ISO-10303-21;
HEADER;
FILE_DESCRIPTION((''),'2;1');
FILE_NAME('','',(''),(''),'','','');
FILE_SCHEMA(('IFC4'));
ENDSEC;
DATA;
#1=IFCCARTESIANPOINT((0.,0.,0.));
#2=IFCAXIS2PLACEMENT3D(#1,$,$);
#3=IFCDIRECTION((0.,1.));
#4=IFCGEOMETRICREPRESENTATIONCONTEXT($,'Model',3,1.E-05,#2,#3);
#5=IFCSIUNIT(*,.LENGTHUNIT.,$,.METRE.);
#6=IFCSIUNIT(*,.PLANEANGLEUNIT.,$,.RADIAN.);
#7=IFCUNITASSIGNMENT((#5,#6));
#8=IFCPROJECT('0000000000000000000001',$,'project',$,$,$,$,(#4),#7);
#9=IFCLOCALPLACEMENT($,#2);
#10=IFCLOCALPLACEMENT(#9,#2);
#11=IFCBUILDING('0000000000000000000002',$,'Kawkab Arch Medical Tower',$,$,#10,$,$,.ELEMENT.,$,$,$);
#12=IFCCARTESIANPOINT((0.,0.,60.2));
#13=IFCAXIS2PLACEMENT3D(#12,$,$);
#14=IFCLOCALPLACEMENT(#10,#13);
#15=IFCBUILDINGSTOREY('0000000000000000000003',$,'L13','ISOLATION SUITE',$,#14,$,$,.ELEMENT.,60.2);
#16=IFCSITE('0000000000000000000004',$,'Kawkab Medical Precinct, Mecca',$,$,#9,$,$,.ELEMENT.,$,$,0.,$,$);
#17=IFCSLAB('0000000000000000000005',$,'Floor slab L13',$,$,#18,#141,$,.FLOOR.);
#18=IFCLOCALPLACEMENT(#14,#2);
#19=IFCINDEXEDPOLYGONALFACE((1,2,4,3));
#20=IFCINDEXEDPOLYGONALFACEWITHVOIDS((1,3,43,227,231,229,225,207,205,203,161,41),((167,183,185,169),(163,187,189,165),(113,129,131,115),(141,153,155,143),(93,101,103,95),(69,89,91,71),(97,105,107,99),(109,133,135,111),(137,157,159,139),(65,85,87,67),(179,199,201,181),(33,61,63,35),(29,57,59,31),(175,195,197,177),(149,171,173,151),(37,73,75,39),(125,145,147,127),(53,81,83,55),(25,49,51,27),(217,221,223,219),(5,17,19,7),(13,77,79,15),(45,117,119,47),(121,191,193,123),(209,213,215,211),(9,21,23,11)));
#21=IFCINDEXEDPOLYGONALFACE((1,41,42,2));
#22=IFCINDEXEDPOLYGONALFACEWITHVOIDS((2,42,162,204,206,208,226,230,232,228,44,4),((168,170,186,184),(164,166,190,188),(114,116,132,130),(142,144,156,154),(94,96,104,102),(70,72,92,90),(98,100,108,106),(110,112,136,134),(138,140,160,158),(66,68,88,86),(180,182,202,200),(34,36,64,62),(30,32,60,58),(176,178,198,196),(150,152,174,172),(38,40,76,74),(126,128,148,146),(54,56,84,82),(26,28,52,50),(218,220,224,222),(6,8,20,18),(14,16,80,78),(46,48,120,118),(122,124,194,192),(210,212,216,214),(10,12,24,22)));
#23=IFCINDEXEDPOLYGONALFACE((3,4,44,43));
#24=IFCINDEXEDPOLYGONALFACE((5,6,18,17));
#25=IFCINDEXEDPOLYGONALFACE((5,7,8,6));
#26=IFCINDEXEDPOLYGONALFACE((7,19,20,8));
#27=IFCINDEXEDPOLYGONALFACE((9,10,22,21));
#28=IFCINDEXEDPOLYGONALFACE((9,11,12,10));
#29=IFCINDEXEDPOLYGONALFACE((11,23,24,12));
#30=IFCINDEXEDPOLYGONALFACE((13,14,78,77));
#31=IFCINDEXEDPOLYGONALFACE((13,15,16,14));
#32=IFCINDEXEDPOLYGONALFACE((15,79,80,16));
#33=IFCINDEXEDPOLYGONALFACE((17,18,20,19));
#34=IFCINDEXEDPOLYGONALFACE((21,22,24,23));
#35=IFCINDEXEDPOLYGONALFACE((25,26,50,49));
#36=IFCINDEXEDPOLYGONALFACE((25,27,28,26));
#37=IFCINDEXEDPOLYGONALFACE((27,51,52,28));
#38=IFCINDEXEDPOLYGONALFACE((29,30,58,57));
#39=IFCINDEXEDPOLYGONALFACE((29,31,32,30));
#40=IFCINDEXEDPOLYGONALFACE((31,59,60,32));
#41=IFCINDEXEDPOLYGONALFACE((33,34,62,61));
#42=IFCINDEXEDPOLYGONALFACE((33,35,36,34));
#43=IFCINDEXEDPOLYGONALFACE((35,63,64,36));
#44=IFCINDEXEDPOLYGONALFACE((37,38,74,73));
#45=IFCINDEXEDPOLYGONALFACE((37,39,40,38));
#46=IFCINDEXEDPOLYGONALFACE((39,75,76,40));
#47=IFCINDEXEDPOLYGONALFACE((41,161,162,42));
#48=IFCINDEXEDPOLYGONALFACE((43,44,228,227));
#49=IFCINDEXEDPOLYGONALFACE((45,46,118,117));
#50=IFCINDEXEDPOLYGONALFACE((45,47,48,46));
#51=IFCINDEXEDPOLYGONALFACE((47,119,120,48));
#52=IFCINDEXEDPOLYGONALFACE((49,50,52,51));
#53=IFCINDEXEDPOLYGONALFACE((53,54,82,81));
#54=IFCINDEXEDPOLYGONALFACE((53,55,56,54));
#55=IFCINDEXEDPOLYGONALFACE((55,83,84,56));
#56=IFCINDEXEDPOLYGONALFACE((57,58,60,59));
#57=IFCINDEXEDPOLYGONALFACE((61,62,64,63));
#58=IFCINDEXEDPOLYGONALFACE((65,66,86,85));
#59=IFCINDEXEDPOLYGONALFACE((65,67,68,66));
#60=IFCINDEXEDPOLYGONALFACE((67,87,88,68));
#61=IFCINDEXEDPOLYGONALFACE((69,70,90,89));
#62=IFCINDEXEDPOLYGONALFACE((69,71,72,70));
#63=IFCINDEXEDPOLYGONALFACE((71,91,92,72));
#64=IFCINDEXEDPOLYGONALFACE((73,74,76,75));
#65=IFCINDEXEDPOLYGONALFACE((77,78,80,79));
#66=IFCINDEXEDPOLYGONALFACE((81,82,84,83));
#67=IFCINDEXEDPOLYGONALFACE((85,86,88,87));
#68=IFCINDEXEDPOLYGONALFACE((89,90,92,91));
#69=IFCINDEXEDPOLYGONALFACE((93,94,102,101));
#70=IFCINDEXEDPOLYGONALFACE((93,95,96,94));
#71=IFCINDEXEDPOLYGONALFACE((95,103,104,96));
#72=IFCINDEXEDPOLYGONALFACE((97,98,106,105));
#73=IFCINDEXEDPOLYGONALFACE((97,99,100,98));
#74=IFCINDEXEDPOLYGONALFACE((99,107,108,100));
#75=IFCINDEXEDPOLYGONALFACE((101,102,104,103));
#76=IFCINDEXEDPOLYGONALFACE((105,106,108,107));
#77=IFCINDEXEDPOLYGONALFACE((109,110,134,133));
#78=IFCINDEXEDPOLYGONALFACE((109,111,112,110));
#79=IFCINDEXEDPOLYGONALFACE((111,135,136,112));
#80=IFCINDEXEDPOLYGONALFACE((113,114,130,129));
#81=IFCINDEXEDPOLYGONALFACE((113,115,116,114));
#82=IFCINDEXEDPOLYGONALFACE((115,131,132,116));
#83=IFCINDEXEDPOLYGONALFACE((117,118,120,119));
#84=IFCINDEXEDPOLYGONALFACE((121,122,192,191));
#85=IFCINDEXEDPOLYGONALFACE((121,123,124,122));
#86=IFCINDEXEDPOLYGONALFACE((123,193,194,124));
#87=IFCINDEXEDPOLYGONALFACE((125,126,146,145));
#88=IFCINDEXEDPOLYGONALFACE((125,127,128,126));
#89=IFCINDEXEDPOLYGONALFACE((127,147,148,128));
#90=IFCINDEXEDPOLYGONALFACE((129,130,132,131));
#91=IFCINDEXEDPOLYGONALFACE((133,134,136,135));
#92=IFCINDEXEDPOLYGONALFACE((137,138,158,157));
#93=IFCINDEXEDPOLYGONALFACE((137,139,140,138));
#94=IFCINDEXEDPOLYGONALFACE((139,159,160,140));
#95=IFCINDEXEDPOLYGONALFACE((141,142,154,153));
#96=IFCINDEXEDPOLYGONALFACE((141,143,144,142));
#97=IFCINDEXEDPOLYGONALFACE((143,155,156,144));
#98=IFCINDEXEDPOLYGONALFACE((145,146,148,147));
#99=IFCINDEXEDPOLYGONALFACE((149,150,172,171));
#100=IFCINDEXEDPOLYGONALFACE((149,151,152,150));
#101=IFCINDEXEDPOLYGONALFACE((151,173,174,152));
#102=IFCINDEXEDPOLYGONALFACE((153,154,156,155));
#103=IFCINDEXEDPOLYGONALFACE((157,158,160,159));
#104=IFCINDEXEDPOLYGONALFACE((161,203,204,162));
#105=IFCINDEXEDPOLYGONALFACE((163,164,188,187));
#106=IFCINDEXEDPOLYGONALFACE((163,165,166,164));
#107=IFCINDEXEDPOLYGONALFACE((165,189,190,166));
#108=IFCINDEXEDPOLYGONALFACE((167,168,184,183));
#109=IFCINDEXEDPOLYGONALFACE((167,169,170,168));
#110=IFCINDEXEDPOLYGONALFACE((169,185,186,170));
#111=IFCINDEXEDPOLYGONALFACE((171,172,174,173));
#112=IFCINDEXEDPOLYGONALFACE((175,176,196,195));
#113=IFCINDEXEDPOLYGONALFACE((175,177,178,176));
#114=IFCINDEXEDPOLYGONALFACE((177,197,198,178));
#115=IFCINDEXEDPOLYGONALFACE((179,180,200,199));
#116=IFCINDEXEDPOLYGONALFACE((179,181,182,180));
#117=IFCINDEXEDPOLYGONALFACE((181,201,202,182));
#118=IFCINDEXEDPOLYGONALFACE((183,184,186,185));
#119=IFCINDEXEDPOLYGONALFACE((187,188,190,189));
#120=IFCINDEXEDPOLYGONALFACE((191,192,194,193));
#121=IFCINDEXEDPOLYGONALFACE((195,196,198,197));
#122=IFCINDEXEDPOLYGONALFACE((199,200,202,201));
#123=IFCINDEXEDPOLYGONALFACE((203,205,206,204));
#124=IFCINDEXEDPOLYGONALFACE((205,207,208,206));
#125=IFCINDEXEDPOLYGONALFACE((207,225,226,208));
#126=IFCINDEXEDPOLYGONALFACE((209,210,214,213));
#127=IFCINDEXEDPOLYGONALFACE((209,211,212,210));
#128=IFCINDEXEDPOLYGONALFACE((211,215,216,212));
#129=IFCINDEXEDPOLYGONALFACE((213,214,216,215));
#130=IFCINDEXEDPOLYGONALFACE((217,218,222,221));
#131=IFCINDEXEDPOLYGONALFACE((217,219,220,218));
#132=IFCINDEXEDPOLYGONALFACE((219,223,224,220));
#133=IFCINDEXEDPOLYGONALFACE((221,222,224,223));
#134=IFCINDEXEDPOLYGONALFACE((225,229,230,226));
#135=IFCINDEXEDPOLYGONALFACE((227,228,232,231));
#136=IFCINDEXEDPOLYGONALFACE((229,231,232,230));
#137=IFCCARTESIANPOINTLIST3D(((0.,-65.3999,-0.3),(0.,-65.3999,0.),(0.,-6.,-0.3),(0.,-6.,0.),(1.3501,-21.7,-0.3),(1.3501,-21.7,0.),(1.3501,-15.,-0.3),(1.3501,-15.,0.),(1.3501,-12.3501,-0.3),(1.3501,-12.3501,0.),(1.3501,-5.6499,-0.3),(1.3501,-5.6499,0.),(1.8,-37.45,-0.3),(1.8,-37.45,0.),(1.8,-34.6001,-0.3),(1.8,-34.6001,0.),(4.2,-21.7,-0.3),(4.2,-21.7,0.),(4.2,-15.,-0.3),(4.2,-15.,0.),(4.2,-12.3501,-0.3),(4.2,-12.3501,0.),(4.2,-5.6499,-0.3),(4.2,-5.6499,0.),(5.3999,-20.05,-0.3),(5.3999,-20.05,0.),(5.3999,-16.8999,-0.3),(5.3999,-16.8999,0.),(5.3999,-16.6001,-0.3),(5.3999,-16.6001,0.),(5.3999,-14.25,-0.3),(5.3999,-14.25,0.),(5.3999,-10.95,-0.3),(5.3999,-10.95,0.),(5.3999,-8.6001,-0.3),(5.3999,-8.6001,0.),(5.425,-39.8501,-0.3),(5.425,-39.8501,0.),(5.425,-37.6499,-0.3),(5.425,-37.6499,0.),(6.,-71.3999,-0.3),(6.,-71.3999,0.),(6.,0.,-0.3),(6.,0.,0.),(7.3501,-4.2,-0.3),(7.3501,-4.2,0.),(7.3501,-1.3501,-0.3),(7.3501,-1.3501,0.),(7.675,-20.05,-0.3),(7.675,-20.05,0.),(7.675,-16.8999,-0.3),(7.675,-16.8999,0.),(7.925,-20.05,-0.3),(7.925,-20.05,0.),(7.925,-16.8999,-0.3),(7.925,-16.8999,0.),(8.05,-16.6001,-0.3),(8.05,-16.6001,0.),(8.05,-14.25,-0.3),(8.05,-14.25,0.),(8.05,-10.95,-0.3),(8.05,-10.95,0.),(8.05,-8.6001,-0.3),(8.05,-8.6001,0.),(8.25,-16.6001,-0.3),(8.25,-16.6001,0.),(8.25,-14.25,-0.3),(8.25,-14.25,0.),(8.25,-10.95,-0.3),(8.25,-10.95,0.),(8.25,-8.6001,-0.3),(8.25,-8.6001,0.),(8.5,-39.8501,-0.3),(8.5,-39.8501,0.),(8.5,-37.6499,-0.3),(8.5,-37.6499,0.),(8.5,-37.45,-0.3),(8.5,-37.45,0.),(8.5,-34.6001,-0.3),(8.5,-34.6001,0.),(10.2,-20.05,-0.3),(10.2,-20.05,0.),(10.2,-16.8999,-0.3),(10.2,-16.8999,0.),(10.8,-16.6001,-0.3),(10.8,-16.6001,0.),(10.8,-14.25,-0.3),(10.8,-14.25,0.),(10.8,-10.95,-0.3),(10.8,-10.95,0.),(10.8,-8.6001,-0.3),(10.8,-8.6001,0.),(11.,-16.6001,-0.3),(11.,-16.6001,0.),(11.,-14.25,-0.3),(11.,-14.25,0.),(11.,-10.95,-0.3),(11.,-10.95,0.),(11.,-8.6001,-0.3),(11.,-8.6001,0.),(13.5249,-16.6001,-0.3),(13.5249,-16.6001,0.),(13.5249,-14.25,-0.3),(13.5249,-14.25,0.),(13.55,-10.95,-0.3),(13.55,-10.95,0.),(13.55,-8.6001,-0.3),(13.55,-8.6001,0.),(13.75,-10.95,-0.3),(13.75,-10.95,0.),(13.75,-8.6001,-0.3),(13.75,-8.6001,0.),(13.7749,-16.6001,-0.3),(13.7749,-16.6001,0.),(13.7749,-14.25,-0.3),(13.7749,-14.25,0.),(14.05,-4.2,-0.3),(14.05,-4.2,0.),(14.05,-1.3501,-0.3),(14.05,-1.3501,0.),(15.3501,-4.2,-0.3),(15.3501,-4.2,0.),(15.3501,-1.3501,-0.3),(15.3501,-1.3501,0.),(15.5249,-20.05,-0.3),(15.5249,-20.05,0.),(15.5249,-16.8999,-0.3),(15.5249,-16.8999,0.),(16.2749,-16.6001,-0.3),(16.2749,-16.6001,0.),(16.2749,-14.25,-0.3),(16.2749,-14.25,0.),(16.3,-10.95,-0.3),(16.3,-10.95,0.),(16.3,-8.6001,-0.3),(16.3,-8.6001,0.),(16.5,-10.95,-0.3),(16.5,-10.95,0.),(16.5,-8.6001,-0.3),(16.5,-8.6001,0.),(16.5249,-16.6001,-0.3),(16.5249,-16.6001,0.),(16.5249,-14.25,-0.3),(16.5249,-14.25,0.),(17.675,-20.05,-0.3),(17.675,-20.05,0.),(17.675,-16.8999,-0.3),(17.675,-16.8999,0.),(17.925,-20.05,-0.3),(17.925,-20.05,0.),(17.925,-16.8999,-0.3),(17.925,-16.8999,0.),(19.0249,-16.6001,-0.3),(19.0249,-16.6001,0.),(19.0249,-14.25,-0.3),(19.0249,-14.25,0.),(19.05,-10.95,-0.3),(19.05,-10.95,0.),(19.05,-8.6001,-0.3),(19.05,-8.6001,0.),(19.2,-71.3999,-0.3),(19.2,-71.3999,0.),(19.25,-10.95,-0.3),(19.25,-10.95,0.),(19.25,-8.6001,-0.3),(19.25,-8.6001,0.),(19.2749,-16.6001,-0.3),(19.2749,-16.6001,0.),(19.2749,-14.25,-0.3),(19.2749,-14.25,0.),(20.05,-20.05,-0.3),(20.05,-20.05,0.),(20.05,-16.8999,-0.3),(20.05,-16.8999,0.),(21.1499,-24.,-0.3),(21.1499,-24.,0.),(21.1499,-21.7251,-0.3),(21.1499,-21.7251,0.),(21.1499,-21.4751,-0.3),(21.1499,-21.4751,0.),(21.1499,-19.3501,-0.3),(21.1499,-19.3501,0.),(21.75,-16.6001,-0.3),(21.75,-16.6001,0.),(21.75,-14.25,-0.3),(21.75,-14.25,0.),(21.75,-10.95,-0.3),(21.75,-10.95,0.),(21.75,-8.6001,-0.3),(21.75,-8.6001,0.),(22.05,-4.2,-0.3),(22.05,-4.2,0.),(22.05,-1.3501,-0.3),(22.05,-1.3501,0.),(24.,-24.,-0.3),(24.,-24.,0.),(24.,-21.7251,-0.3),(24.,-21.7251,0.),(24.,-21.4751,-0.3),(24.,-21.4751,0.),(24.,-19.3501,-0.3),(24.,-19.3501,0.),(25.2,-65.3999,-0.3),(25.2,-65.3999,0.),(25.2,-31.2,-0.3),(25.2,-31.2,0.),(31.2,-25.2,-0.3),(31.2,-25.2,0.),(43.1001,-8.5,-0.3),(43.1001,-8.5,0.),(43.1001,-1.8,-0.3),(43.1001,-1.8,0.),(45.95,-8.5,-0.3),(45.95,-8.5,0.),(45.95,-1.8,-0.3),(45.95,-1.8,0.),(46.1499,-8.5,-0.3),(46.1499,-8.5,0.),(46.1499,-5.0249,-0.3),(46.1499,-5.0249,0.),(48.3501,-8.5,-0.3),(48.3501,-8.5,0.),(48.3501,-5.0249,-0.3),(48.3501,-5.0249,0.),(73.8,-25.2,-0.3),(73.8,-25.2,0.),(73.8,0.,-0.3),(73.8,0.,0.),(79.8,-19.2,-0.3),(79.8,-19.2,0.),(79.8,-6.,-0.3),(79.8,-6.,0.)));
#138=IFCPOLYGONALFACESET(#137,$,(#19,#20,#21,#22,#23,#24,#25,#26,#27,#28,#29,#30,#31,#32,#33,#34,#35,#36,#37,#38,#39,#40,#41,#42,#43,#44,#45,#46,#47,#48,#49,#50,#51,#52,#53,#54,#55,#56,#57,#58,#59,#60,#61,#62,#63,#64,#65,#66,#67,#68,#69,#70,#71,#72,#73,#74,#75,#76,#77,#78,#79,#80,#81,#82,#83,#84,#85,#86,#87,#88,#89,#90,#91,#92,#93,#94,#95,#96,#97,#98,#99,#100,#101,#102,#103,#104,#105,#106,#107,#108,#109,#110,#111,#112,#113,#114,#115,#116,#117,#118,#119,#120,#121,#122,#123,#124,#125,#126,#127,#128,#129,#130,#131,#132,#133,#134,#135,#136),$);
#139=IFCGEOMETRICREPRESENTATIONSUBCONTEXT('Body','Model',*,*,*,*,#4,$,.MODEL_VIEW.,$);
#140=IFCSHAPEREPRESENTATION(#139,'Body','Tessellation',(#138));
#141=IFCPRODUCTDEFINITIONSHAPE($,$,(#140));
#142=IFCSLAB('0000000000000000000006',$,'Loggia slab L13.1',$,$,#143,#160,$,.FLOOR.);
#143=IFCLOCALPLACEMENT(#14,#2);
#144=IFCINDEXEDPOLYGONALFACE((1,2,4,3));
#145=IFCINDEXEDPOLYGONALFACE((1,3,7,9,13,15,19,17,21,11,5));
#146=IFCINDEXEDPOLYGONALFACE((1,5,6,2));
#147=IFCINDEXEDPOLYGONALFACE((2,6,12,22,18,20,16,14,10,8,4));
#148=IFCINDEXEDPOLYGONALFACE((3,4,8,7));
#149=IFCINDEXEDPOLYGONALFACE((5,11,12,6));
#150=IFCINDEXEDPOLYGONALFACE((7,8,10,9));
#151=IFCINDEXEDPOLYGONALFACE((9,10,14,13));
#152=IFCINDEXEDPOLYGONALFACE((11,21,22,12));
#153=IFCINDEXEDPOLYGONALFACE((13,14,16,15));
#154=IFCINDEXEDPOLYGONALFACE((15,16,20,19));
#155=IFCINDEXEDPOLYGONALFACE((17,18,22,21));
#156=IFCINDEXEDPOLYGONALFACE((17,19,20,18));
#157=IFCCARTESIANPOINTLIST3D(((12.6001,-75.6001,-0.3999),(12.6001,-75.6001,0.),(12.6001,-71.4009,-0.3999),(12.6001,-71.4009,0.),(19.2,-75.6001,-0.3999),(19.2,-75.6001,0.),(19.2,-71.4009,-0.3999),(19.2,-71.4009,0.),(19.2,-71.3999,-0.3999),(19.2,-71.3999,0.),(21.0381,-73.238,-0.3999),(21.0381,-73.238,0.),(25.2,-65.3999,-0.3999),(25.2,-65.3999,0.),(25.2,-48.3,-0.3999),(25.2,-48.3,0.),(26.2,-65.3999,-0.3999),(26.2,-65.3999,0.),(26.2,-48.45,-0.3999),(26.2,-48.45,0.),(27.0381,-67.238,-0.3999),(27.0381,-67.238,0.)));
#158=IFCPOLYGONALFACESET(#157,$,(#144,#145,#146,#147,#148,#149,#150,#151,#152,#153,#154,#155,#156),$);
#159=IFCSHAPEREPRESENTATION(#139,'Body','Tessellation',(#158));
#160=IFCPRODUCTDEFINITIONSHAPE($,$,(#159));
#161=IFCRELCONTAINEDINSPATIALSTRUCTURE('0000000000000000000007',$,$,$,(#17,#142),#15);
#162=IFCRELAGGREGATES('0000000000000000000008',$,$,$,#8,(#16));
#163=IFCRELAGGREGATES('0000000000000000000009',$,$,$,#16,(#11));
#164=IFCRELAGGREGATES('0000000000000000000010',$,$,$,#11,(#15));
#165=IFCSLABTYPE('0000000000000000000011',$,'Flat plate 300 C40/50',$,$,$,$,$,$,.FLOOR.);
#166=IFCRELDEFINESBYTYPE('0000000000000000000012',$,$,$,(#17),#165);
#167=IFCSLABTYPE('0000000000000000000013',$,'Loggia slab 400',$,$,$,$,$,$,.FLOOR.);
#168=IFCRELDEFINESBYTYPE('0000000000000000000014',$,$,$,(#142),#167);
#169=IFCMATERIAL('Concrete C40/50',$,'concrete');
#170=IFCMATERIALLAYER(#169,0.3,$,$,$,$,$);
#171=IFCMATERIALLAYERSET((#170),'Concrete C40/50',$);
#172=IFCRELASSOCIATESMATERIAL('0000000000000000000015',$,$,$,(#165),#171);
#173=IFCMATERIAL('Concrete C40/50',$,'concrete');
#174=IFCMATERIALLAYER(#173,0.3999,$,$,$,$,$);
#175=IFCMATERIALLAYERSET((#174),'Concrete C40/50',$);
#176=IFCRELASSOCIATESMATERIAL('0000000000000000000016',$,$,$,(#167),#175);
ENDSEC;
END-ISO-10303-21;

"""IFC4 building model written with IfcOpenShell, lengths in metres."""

from ifc_helpers import new_model, si_unit, direction, frame, origin, place, context, subcontext, project, spatial, polyline, outline, extrude, material, layer, layer_set, type_object, element, save


model = new_model("IFC4")

# Units and contexts
model_context = context("Model", 3, precision=1e-05, world=origin(), true_north=direction((0.0, 1.0)))
body_context = subcontext(model_context, "Body", "Model", "MODEL_VIEW")
ifc_project = project(units=[si_unit("LENGTHUNIT", "METRE"), si_unit("PLANEANGLEUNIT", "RADIAN")], contexts=[model_context])

# Site, building, storey
site_placement = place(None, origin())
site = spatial("IfcSite", under=ifc_project, at=site_placement, Name="Kawkab Medical Precinct, Mecca", CompositionType="ELEMENT", RefElevation=0.0)
building_placement = place(site_placement, origin())
building = spatial("IfcBuilding", under=site, at=building_placement, Name="Kawkab Arch Medical Tower", CompositionType="ELEMENT")
storey_placement = place(building_placement, frame((0.0, 0.0, 60.2)))
storey = spatial("IfcBuildingStorey", under=building, at=storey_placement, Name="L13", Description="ISOLATION SUITE", CompositionType="ELEMENT", Elevation=60.2)

# Slabs
ifc_material_1 = material(Name="Concrete C40/50", Category="concrete")
ifc_layer_1 = layer(ifc_material_1, 0.3)
ifc_layer_set_1 = layer_set([ifc_layer_1], Name="Concrete C40/50")
slab_type_1 = type_object("IfcSlabType", Name="Flat plate 300 C40/50", PredefinedType="FLOOR", material=ifc_layer_set_1)
slab_1_placement = place(storey_placement, frame((0.0, 0.0, -0.3)))
element("IfcSlab", 1, at=slab_1_placement, inside=storey, type_object=slab_type_1, Name="Floor slab L13", PredefinedType="FLOOR", context=body_context, shape_type="SweptSolid", body=[
    extrude(outline(polyline([(6.0, 0.0), (73.8, 0.0), (79.8, -6.0), (79.8, -19.2), (73.8, -25.2), (31.2, -25.2), (25.2, -31.2), (25.2, -65.3999), (19.2, -71.3999), (6.0, -71.3999), (0.0, -65.3999), (0.0, -6.0), (6.0, 0.0)]), holes=[polyline([(5.425, -37.6499), (5.425, -39.8501), (8.5, -39.8501), (8.5, -37.6499), (5.425, -37.6499)]), polyline([(1.8, -37.45), (8.5, -37.45), (8.5, -34.6001), (1.8, -34.6001), (1.8, -37.45)]), polyline([(5.3999, -16.8999), (5.3999, -20.05), (7.675, -20.05), (7.675, -16.8999), (5.3999, -16.8999)]), polyline([(10.2, -16.8999), (7.925, -16.8999), (7.925, -20.05), (10.2, -20.05), (10.2, -16.8999)]), polyline([(4.2, -21.7), (4.2, -15.0), (1.3501, -15.0), (1.3501, -21.7), (4.2, -21.7)]), polyline([(5.3999, -14.25), (5.3999, -16.6001), (8.05, -16.6001), (8.05, -14.25), (5.3999, -14.25)]), polyline([(8.25, -16.6001), (10.8, -16.6001), (10.8, -14.25), (8.25, -14.25), (8.25, -16.6001)]), polyline([(13.5249, -16.6001), (13.5249, -14.25), (11.0, -14.25), (11.0, -16.6001), (13.5249, -16.6001)]), polyline([(5.3999, -8.6001), (5.3999, -10.95), (8.05, -10.95), (8.05, -8.6001), (5.3999, -8.6001)]), polyline([(8.25, -10.95), (10.8, -10.95), (10.8, -8.6001), (8.25, -8.6001), (8.25, -10.95)]), polyline([(13.55, -8.6001), (11.0, -8.6001), (11.0, -10.95), (13.55, -10.95), (13.55, -8.6001)]), polyline([(4.2, -12.3501), (4.2, -5.6499), (1.3501, -5.6499), (1.3501, -12.3501), (4.2, -12.3501)]), polyline([(7.3501, -4.2), (14.05, -4.2), (14.05, -1.3501), (7.3501, -1.3501), (7.3501, -4.2)]), polyline([(24.0, -21.7251), (21.1499, -21.7251), (21.1499, -24.0), (24.0, -24.0), (24.0, -21.7251)]), polyline([(24.0, -21.4751), (24.0, -19.3501), (21.1499, -19.3501), (21.1499, -21.4751), (24.0, -21.4751)]), polyline([(17.675, -20.05), (17.675, -16.8999), (15.5249, -16.8999), (15.5249, -20.05), (17.675, -20.05)]), polyline([(20.05, -16.8999), (17.925, -16.8999), (17.925, -20.05), (20.05, -20.05), (20.05, -16.8999)]), polyline([(13.7749, -16.6001), (16.2749, -16.6001), (16.2749, -14.25), (13.7749, -14.25), (13.7749, -16.6001)]), polyline([(16.5249, -16.6001), (19.0249, -16.6001), (19.0249, -14.25), (16.5249, -14.25), (16.5249, -16.6001)]), polyline([(21.75, -14.25), (19.2749, -14.25), (19.2749, -16.6001), (21.75, -16.6001), (21.75, -14.25)]), polyline([(16.3, -10.95), (16.3, -8.6001), (13.75, -8.6001), (13.75, -10.95), (16.3, -10.95)]), polyline([(19.05, -10.95), (19.05, -8.6001), (16.5, -8.6001), (16.5, -10.95), (19.05, -10.95)]), polyline([(21.75, -8.6001), (19.25, -8.6001), (19.25, -10.95), (21.75, -10.95), (21.75, -8.6001)]), polyline([(46.1499, -5.0249), (46.1499, -8.5), (48.3501, -8.5), (48.3501, -5.0249), (46.1499, -5.0249)]), polyline([(43.1001, -1.8), (43.1001, -8.5), (45.95, -8.5), (45.95, -1.8), (43.1001, -1.8)]), polyline([(22.05, -1.3501), (15.3501, -1.3501), (15.3501, -4.2), (22.05, -4.2), (22.05, -1.3501)])]), origin(), (0.0, 0.0, 1.0), 0.3),
])
ifc_material_2 = material(Name="Concrete C40/50", Category="concrete")
ifc_layer_2 = layer(ifc_material_2, 0.3999)
ifc_layer_set_2 = layer_set([ifc_layer_2], Name="Concrete C40/50")
slab_type_2 = type_object("IfcSlabType", Name="Loggia slab 400", PredefinedType="FLOOR", material=ifc_layer_set_2)
placement_1 = place(storey_placement, frame((0.0, 0.0, -0.3999)))
element("IfcSlab", 2, at=placement_1, inside=storey, type_object=slab_type_2, Name="Loggia slab L13.1", PredefinedType="FLOOR", context=body_context, shape_type="SweptSolid", body=[
    extrude(outline(polyline([(12.6001, -75.6001), (12.6001, -71.4009), (19.2, -71.4009), (19.2, -71.3999), (25.2, -65.3999), (25.2, -48.3), (26.2, -48.45), (26.2, -65.3999), (27.0381, -67.238), (21.0381, -73.238), (19.2, -75.6001), (12.6001, -75.6001)])), origin(), (0.0, 0.0, 1.0), 0.3999),
])

save(model, "model.ifc")
